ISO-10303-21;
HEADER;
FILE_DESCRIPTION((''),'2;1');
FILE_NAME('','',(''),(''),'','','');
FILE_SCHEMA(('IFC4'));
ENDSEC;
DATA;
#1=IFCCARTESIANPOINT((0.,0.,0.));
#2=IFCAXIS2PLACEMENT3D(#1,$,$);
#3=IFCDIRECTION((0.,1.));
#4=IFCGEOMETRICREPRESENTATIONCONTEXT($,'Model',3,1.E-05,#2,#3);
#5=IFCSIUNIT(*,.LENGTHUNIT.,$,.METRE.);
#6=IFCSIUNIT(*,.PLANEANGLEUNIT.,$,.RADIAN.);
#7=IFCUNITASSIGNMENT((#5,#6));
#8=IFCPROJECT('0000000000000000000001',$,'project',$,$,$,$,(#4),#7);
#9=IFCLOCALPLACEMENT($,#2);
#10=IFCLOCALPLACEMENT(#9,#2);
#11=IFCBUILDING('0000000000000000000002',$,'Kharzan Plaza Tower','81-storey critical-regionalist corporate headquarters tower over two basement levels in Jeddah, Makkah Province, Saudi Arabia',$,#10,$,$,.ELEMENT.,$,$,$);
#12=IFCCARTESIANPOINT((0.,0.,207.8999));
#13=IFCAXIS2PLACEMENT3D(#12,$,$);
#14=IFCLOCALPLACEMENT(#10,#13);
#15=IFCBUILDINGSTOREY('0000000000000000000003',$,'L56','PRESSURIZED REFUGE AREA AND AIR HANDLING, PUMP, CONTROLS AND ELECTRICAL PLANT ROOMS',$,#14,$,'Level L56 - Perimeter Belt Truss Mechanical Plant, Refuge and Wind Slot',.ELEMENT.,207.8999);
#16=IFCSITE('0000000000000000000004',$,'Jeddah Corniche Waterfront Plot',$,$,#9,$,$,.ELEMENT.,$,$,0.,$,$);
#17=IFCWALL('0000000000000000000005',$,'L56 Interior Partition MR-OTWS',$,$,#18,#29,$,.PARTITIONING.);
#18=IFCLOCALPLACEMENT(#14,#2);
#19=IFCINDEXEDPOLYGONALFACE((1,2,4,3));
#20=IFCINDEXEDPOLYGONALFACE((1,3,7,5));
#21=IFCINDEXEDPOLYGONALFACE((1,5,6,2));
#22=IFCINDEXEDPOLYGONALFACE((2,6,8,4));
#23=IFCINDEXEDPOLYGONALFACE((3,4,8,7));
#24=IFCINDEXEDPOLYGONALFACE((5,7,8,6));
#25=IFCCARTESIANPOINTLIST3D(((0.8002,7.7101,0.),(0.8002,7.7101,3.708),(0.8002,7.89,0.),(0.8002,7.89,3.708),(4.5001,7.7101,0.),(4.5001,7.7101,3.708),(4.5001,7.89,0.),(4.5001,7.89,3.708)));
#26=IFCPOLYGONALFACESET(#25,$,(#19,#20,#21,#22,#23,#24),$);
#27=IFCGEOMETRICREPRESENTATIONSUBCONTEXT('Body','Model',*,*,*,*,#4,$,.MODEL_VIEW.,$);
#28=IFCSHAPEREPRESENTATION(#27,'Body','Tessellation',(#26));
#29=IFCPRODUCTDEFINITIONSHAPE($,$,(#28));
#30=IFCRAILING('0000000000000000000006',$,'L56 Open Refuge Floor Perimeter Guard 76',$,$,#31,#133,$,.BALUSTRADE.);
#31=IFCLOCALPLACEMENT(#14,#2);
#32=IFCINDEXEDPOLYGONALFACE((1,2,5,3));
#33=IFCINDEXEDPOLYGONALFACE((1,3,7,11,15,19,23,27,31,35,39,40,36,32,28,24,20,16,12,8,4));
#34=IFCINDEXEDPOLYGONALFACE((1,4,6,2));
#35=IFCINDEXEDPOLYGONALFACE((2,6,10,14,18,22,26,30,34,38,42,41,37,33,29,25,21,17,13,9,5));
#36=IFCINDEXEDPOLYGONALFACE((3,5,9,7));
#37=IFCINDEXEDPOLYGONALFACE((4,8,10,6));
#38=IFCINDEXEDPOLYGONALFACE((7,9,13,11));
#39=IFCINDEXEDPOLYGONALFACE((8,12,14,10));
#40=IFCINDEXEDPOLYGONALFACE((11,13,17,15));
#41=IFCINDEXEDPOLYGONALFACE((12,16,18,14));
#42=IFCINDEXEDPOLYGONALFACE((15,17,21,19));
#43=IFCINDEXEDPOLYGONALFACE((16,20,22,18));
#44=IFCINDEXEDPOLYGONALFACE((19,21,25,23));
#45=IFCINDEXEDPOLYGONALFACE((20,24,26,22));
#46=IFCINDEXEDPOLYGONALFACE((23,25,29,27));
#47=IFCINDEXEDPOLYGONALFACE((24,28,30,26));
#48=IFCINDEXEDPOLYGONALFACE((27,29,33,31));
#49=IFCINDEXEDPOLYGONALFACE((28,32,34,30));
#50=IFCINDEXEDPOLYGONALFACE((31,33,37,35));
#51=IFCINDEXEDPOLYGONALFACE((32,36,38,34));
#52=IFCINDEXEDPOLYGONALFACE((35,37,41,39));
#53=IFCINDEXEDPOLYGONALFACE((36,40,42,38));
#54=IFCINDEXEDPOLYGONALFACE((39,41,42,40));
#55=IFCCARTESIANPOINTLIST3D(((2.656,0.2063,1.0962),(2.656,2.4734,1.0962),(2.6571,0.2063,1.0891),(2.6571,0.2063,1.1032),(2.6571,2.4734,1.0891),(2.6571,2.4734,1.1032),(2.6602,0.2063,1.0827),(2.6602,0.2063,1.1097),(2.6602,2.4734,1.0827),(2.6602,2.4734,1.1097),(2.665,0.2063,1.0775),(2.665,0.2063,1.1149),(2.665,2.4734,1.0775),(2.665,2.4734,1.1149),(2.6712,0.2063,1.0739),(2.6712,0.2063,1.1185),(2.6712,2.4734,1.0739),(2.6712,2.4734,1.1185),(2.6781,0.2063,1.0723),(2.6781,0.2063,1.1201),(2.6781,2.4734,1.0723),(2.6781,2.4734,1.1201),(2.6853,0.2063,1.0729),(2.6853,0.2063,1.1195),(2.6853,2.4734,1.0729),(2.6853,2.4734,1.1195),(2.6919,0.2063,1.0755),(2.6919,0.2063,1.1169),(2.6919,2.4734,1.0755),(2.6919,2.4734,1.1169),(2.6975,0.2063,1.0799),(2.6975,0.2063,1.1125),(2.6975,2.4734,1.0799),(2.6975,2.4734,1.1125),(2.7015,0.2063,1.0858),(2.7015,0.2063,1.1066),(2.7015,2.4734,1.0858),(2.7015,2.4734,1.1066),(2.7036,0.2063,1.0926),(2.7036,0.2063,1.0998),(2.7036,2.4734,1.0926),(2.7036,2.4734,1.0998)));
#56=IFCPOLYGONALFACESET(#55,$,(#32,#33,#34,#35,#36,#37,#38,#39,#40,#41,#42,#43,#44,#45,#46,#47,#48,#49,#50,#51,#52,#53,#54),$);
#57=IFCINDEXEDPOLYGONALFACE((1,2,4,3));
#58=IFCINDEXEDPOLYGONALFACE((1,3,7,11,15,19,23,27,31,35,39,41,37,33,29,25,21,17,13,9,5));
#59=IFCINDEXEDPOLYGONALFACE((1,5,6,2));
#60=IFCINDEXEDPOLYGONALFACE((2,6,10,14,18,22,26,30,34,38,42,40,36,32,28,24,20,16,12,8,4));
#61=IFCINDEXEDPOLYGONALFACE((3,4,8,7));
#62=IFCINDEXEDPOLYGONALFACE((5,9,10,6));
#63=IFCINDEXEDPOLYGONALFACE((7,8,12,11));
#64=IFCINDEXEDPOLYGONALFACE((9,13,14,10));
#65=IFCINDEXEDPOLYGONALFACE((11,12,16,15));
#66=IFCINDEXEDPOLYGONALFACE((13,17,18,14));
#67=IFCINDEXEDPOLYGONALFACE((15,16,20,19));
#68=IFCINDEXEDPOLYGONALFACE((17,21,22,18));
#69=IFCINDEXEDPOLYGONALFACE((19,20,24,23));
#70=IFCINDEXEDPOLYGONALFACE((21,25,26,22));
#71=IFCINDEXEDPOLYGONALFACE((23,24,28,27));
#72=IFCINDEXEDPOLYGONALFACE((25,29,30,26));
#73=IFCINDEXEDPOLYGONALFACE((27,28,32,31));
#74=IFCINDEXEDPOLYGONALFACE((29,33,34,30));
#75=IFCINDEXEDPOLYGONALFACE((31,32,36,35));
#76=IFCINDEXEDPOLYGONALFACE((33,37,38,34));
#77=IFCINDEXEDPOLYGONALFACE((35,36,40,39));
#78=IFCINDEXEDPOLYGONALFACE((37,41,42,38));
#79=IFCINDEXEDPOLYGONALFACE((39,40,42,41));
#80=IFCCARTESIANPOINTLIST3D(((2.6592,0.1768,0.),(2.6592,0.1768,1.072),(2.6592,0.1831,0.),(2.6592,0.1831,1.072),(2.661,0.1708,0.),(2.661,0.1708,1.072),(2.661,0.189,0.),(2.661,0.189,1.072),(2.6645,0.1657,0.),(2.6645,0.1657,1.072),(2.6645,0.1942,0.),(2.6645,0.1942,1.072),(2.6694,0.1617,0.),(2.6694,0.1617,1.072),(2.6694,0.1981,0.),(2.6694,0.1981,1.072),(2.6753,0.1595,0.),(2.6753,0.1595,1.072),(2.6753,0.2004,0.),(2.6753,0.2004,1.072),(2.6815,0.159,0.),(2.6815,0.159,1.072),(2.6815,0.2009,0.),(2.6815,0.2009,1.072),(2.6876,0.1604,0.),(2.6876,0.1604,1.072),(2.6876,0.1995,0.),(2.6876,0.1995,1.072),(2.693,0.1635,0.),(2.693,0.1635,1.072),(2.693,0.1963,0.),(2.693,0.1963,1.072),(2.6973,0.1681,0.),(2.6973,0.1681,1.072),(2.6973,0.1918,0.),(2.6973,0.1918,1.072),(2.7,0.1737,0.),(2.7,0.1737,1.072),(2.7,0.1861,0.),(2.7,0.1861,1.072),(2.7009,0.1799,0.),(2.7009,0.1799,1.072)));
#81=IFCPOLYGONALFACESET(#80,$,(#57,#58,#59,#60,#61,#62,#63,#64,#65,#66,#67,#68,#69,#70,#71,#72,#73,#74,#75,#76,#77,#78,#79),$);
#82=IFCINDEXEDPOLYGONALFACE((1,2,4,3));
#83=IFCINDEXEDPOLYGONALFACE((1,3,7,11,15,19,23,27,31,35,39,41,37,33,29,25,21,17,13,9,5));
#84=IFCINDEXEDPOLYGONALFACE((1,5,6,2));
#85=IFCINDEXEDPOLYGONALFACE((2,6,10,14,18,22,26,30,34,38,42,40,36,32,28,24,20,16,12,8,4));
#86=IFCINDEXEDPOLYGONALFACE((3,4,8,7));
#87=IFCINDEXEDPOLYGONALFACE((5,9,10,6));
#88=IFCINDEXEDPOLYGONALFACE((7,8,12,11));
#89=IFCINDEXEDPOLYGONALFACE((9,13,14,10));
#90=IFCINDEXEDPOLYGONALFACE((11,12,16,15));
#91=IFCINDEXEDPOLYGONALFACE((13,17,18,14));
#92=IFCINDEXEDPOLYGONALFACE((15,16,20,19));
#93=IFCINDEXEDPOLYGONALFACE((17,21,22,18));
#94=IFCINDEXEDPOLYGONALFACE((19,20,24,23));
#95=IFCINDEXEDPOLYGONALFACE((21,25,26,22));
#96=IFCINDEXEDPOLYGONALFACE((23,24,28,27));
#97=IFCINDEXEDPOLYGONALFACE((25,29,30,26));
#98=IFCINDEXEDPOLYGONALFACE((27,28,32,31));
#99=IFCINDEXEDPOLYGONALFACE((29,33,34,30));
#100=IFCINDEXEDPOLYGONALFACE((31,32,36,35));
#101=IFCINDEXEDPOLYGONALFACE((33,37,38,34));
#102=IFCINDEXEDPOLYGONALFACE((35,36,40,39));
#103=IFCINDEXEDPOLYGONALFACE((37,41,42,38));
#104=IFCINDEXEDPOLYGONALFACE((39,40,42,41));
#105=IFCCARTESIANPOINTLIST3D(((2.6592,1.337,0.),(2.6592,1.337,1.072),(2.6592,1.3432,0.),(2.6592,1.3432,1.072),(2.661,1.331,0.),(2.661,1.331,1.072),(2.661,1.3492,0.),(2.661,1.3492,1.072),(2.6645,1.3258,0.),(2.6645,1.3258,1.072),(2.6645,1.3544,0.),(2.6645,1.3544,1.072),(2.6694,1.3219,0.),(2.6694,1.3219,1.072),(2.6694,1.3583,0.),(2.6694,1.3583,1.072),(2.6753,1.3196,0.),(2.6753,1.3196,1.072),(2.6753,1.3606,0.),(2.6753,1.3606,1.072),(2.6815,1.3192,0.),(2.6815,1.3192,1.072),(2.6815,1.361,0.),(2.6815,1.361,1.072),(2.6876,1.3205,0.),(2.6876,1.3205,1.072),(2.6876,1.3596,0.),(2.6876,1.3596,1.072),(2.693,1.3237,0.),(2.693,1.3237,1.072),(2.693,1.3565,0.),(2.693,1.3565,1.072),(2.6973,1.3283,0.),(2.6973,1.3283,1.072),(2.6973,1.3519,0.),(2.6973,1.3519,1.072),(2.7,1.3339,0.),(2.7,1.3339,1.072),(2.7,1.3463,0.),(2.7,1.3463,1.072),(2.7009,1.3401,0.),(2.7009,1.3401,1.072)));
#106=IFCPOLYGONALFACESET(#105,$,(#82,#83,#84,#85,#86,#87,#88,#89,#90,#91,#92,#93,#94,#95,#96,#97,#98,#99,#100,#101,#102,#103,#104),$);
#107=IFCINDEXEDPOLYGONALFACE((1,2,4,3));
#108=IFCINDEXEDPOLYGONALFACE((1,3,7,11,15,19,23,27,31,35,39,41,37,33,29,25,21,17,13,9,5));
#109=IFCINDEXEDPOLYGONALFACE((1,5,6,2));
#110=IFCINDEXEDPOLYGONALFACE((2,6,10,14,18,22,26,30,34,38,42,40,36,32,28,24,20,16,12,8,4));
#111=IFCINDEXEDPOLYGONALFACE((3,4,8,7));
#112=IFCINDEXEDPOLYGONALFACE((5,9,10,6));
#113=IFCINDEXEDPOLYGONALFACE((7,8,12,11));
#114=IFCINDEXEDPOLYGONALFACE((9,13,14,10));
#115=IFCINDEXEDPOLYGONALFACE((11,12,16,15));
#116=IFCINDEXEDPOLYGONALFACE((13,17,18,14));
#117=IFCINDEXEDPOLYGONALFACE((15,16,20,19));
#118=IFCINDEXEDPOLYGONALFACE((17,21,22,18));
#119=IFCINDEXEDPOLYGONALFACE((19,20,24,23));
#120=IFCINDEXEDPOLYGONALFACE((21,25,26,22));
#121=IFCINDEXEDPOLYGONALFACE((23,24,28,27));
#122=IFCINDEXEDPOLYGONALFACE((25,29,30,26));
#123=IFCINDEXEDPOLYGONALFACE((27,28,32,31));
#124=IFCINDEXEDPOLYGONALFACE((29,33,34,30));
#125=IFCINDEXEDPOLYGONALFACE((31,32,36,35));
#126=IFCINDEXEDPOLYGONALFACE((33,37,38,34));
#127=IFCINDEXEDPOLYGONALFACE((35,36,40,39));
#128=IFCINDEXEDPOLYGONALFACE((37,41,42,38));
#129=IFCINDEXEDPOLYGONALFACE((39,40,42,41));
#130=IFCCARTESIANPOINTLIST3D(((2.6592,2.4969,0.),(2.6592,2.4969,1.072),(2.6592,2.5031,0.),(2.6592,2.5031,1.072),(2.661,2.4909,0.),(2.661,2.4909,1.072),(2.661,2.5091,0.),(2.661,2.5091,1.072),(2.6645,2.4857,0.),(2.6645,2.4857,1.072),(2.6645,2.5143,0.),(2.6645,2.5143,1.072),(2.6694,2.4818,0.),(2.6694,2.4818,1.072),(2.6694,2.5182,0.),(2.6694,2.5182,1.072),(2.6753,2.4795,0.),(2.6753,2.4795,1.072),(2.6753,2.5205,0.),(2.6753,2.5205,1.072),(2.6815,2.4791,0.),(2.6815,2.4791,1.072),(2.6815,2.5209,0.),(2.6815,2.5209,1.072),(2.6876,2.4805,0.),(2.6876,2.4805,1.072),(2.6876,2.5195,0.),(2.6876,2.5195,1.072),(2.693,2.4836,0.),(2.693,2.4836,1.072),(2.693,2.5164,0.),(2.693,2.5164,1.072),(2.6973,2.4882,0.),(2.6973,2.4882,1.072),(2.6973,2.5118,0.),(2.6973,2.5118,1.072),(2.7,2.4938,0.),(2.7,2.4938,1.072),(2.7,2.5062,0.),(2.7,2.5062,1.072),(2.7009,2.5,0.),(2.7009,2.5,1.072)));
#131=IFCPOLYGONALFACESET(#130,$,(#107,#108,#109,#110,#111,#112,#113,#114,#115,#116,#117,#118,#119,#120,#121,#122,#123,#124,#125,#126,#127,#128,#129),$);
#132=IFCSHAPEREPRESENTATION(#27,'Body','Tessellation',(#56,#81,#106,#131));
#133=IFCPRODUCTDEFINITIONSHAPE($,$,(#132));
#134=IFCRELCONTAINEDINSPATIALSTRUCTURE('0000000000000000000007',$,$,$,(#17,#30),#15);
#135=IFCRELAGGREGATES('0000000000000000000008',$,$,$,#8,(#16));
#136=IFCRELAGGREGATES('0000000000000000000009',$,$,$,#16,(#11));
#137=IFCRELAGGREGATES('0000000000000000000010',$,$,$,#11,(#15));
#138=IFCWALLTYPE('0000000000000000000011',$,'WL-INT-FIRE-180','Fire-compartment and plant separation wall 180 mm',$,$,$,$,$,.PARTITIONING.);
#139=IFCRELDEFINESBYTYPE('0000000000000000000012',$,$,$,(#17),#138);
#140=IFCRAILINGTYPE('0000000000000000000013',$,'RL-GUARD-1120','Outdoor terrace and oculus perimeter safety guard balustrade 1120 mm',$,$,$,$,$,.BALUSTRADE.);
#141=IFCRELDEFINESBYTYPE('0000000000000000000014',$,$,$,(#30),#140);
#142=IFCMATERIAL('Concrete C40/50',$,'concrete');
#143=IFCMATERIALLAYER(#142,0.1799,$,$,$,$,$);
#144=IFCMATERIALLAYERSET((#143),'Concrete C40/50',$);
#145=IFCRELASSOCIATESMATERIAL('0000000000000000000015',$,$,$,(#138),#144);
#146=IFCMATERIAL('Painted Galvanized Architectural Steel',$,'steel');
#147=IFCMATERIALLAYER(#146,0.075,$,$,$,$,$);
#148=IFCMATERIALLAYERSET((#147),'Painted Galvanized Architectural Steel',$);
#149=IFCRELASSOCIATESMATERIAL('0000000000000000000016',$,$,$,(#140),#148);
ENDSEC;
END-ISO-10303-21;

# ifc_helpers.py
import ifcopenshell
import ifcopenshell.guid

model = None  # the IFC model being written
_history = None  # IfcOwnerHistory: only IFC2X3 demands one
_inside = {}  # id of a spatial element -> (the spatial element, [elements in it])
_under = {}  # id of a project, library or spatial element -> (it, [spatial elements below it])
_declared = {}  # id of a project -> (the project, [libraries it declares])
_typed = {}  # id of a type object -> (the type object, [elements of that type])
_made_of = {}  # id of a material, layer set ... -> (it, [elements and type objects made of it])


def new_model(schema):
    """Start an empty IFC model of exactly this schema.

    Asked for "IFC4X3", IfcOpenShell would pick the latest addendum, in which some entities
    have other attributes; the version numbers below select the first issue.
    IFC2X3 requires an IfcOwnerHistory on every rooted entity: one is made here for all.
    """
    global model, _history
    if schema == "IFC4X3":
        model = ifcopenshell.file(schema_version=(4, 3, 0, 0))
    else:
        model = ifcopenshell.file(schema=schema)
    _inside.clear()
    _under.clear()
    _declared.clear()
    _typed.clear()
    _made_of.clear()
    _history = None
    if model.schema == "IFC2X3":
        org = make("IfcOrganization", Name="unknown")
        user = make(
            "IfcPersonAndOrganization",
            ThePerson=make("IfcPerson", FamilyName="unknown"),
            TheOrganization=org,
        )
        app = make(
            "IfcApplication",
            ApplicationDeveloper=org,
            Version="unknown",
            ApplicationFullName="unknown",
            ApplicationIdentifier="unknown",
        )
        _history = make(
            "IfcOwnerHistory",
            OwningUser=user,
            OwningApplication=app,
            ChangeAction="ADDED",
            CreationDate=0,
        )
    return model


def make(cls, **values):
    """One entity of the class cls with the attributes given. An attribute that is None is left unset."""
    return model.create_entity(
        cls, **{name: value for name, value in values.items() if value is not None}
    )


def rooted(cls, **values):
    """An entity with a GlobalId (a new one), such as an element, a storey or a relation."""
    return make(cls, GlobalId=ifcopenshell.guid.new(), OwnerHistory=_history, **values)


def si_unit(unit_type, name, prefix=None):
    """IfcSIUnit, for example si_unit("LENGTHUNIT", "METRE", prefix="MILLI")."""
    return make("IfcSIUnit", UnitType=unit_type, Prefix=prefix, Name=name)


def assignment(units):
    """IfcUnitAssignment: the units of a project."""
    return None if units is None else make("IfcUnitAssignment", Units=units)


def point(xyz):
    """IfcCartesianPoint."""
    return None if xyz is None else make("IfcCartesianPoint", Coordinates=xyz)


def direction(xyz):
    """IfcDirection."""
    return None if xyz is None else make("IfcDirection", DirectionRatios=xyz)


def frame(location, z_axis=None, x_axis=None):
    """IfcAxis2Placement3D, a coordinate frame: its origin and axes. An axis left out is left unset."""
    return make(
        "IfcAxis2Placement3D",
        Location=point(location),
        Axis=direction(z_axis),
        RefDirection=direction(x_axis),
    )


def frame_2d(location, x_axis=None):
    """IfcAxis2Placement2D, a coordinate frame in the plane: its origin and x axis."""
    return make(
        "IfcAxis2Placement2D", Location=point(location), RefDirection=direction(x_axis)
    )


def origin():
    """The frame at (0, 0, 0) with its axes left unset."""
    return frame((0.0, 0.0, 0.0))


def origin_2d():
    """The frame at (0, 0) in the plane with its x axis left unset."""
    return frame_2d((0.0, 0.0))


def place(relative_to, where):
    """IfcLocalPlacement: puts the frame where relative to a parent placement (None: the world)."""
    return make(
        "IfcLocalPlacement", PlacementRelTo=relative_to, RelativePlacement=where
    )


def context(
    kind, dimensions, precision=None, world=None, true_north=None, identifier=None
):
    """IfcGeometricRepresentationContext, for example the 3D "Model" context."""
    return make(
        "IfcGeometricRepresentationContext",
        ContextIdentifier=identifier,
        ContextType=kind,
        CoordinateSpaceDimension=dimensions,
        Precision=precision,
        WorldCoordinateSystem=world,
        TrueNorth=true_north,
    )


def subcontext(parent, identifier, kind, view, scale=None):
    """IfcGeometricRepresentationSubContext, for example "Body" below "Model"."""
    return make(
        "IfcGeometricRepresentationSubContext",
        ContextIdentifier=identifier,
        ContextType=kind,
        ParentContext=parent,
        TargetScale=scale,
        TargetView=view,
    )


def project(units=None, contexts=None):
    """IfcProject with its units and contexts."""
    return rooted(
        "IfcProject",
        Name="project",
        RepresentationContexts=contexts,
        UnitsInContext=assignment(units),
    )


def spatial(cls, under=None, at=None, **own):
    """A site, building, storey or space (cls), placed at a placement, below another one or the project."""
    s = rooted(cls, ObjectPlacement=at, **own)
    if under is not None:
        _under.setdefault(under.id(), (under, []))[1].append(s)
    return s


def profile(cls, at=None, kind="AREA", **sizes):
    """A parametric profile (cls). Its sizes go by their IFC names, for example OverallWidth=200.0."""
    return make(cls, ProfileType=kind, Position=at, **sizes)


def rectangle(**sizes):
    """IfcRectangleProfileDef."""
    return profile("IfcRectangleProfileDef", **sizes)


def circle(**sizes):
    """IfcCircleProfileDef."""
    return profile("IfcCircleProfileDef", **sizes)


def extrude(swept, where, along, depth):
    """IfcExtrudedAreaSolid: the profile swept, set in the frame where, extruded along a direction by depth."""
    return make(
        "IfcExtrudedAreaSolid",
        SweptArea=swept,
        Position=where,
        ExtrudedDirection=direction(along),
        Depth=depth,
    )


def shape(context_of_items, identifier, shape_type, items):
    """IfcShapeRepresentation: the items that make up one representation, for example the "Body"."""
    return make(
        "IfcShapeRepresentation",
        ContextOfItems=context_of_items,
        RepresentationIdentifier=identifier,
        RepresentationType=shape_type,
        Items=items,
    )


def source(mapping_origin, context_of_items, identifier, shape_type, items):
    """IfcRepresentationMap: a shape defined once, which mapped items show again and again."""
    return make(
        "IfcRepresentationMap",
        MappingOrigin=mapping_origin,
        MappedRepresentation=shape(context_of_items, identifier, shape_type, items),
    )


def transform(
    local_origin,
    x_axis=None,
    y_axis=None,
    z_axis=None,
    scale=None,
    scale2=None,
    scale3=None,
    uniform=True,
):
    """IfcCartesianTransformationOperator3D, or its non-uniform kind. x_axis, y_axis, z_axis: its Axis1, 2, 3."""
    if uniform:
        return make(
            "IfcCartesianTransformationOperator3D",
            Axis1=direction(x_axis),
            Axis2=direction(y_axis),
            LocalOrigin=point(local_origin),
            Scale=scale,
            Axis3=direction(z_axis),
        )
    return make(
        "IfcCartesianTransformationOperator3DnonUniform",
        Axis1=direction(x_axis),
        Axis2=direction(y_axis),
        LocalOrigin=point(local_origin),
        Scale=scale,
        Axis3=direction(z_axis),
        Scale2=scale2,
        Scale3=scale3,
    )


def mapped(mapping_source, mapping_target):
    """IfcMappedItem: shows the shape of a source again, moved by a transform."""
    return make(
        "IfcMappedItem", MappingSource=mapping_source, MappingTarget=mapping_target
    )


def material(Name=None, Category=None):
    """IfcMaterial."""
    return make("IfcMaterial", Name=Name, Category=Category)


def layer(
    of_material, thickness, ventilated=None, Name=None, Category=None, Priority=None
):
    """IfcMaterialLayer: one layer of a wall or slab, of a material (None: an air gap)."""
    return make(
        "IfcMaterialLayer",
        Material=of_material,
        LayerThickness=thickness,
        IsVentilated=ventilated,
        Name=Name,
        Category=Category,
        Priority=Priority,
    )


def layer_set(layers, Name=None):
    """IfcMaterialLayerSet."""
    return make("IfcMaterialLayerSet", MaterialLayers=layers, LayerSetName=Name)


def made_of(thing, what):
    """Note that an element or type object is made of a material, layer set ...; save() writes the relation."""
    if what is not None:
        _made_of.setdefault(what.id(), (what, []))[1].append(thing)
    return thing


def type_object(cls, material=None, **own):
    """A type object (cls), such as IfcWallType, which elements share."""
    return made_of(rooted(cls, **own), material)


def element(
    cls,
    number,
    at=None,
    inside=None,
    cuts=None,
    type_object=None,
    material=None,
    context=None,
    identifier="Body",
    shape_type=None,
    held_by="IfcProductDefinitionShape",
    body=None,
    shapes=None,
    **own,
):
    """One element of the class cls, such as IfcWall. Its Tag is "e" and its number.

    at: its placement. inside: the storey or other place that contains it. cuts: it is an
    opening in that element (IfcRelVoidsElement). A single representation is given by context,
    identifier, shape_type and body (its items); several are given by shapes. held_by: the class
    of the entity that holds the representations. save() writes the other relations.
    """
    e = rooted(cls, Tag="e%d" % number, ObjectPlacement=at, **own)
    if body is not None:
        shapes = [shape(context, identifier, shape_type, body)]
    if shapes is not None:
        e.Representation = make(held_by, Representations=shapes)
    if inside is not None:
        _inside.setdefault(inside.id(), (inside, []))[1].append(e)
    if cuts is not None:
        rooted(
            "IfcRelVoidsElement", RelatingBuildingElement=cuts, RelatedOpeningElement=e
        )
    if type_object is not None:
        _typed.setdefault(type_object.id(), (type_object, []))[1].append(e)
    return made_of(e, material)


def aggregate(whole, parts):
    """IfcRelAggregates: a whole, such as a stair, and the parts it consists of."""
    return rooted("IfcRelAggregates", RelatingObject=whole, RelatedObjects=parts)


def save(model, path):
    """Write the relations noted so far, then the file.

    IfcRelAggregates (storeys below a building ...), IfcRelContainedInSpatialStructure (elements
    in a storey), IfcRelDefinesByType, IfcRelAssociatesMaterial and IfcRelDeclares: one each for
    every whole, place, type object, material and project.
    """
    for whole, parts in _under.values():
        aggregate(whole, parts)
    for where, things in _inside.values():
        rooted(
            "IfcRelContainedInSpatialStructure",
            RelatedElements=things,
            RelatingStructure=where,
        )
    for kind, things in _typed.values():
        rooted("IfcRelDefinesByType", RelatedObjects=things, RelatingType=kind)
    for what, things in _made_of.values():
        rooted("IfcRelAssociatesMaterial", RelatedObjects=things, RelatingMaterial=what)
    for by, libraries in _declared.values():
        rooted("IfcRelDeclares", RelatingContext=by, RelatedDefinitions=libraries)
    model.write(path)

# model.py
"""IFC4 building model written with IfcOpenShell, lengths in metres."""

from ifc_helpers import new_model, si_unit, direction, frame, frame_2d, origin, origin_2d, place, context, subcontext, project, spatial, rectangle, circle, extrude, source, transform, mapped, material, layer, layer_set, type_object, element, save


model = new_model("IFC4")

# Units and contexts
model_context = context("Model", 3, precision=1e-05, world=origin(), true_north=direction((0.0, 1.0)))
body_context = subcontext(model_context, "Body", "Model", "MODEL_VIEW")
ifc_project = project(units=[si_unit("LENGTHUNIT", "METRE"), si_unit("PLANEANGLEUNIT", "RADIAN")], contexts=[model_context])

# Site, building, storey
site_placement = place(None, origin())
site = spatial("IfcSite", under=ifc_project, at=site_placement, Name="Jeddah Corniche Waterfront Plot", CompositionType="ELEMENT", RefElevation=0.0)
building_placement = place(site_placement, origin())
building = spatial("IfcBuilding", under=site, at=building_placement, Name="Kharzan Plaza Tower", Description="81-storey critical-regionalist corporate headquarters tower over two basement levels in Jeddah, Makkah Province, Saudi Arabia", CompositionType="ELEMENT")
storey_placement = place(building_placement, frame((0.0, 0.0, 207.8999)))
storey = spatial("IfcBuildingStorey", under=building, at=storey_placement, Name="L56", Description="PRESSURIZED REFUGE AREA AND AIR HANDLING, PUMP, CONTROLS AND ELECTRICAL PLANT ROOMS", LongName="Level L56 - Perimeter Belt Truss Mechanical Plant, Refuge and Wind Slot", CompositionType="ELEMENT", Elevation=207.8999)

# Shared definitions
ifc_material_1 = material(Name="Concrete C40/50", Category="concrete")

# Wall
ifc_layer_1 = layer(ifc_material_1, 0.1799)
ifc_layer_set_1 = layer_set([ifc_layer_1], Name="Concrete C40/50")
wall_type = type_object("IfcWallType", Name="WL-INT-FIRE-180", Description="Fire-compartment and plant separation wall 180 mm", PredefinedType="PARTITIONING", material=ifc_layer_set_1)
shared_shape_1 = source(origin(), body_context, "Body", "SweptSolid", [
    extrude(rectangle(XDim=3.7, YDim=0.1799, at=frame_2d((1.8501, 0.0))), origin(), (0.0, 0.0, 1.0), 3.708),
])
wall_1_placement = place(storey_placement, frame((0.8, 7.8, 0.0), z_axis=(0.0, 0.0, 1.0), x_axis=(1.0, 0.0, 0.0)))
element("IfcWall", 1, at=wall_1_placement, inside=storey, type_object=wall_type, Name="L56 Interior Partition MR-OTWS", PredefinedType="PARTITIONING", context=body_context, shape_type="MappedRepresentation", body=[
    mapped(shared_shape_1, transform((0.0, 0.0, 0.0), x_axis=(1.0, 0.0, 0.0), y_axis=(0.0, 1.0, 0.0), z_axis=(0.0, 0.0, 1.0))),
])

# Railing
ifc_material_2 = material(Name="Painted Galvanized Architectural Steel", Category="steel")
ifc_layer_2 = layer(ifc_material_2, 0.075)
ifc_layer_set_2 = layer_set([ifc_layer_2], Name="Painted Galvanized Architectural Steel")
railing_type = type_object("IfcRailingType", Name="RL-GUARD-1120", Description="Outdoor terrace and oculus perimeter safety guard balustrade 1120 mm", PredefinedType="BALUSTRADE", material=ifc_layer_set_2)
shared_shape_2 = source(origin(), body_context, "Body", "SweptSolid", [
    extrude(circle(Radius=0.0239, at=origin_2d()), frame((0.0, 0.0264, 1.0962), z_axis=(0.0, 1.0, 0.0), x_axis=(-1.0, 0.0, 0.0)), (0.0, 0.0, 1.0), 2.2671),
    extrude(circle(Radius=0.021, at=origin_2d()), origin(), (0.0, 0.0, 1.0), 1.072),
    extrude(circle(Radius=0.021, at=origin_2d()), frame((0.0, 1.1602, 0.0)), (0.0, 0.0, 1.0), 1.072),
    extrude(circle(Radius=0.021, at=origin_2d()), frame((0.0, 2.3201, 0.0)), (0.0, 0.0, 1.0), 1.072),
])
railing_1_placement = place(storey_placement, frame((2.6799, 0.1799, 0.0)))
element("IfcRailing", 2, at=railing_1_placement, inside=storey, type_object=railing_type, Name="L56 Open Refuge Floor Perimeter Guard 76", PredefinedType="BALUSTRADE", context=body_context, shape_type="MappedRepresentation", body=[
    mapped(shared_shape_2, transform((0.0, 0.0, 0.0), x_axis=(1.0, 0.0, 0.0), y_axis=(0.0, 1.0, 0.0), z_axis=(0.0, 0.0, 1.0))),
])

save(model, "model.ifc")
